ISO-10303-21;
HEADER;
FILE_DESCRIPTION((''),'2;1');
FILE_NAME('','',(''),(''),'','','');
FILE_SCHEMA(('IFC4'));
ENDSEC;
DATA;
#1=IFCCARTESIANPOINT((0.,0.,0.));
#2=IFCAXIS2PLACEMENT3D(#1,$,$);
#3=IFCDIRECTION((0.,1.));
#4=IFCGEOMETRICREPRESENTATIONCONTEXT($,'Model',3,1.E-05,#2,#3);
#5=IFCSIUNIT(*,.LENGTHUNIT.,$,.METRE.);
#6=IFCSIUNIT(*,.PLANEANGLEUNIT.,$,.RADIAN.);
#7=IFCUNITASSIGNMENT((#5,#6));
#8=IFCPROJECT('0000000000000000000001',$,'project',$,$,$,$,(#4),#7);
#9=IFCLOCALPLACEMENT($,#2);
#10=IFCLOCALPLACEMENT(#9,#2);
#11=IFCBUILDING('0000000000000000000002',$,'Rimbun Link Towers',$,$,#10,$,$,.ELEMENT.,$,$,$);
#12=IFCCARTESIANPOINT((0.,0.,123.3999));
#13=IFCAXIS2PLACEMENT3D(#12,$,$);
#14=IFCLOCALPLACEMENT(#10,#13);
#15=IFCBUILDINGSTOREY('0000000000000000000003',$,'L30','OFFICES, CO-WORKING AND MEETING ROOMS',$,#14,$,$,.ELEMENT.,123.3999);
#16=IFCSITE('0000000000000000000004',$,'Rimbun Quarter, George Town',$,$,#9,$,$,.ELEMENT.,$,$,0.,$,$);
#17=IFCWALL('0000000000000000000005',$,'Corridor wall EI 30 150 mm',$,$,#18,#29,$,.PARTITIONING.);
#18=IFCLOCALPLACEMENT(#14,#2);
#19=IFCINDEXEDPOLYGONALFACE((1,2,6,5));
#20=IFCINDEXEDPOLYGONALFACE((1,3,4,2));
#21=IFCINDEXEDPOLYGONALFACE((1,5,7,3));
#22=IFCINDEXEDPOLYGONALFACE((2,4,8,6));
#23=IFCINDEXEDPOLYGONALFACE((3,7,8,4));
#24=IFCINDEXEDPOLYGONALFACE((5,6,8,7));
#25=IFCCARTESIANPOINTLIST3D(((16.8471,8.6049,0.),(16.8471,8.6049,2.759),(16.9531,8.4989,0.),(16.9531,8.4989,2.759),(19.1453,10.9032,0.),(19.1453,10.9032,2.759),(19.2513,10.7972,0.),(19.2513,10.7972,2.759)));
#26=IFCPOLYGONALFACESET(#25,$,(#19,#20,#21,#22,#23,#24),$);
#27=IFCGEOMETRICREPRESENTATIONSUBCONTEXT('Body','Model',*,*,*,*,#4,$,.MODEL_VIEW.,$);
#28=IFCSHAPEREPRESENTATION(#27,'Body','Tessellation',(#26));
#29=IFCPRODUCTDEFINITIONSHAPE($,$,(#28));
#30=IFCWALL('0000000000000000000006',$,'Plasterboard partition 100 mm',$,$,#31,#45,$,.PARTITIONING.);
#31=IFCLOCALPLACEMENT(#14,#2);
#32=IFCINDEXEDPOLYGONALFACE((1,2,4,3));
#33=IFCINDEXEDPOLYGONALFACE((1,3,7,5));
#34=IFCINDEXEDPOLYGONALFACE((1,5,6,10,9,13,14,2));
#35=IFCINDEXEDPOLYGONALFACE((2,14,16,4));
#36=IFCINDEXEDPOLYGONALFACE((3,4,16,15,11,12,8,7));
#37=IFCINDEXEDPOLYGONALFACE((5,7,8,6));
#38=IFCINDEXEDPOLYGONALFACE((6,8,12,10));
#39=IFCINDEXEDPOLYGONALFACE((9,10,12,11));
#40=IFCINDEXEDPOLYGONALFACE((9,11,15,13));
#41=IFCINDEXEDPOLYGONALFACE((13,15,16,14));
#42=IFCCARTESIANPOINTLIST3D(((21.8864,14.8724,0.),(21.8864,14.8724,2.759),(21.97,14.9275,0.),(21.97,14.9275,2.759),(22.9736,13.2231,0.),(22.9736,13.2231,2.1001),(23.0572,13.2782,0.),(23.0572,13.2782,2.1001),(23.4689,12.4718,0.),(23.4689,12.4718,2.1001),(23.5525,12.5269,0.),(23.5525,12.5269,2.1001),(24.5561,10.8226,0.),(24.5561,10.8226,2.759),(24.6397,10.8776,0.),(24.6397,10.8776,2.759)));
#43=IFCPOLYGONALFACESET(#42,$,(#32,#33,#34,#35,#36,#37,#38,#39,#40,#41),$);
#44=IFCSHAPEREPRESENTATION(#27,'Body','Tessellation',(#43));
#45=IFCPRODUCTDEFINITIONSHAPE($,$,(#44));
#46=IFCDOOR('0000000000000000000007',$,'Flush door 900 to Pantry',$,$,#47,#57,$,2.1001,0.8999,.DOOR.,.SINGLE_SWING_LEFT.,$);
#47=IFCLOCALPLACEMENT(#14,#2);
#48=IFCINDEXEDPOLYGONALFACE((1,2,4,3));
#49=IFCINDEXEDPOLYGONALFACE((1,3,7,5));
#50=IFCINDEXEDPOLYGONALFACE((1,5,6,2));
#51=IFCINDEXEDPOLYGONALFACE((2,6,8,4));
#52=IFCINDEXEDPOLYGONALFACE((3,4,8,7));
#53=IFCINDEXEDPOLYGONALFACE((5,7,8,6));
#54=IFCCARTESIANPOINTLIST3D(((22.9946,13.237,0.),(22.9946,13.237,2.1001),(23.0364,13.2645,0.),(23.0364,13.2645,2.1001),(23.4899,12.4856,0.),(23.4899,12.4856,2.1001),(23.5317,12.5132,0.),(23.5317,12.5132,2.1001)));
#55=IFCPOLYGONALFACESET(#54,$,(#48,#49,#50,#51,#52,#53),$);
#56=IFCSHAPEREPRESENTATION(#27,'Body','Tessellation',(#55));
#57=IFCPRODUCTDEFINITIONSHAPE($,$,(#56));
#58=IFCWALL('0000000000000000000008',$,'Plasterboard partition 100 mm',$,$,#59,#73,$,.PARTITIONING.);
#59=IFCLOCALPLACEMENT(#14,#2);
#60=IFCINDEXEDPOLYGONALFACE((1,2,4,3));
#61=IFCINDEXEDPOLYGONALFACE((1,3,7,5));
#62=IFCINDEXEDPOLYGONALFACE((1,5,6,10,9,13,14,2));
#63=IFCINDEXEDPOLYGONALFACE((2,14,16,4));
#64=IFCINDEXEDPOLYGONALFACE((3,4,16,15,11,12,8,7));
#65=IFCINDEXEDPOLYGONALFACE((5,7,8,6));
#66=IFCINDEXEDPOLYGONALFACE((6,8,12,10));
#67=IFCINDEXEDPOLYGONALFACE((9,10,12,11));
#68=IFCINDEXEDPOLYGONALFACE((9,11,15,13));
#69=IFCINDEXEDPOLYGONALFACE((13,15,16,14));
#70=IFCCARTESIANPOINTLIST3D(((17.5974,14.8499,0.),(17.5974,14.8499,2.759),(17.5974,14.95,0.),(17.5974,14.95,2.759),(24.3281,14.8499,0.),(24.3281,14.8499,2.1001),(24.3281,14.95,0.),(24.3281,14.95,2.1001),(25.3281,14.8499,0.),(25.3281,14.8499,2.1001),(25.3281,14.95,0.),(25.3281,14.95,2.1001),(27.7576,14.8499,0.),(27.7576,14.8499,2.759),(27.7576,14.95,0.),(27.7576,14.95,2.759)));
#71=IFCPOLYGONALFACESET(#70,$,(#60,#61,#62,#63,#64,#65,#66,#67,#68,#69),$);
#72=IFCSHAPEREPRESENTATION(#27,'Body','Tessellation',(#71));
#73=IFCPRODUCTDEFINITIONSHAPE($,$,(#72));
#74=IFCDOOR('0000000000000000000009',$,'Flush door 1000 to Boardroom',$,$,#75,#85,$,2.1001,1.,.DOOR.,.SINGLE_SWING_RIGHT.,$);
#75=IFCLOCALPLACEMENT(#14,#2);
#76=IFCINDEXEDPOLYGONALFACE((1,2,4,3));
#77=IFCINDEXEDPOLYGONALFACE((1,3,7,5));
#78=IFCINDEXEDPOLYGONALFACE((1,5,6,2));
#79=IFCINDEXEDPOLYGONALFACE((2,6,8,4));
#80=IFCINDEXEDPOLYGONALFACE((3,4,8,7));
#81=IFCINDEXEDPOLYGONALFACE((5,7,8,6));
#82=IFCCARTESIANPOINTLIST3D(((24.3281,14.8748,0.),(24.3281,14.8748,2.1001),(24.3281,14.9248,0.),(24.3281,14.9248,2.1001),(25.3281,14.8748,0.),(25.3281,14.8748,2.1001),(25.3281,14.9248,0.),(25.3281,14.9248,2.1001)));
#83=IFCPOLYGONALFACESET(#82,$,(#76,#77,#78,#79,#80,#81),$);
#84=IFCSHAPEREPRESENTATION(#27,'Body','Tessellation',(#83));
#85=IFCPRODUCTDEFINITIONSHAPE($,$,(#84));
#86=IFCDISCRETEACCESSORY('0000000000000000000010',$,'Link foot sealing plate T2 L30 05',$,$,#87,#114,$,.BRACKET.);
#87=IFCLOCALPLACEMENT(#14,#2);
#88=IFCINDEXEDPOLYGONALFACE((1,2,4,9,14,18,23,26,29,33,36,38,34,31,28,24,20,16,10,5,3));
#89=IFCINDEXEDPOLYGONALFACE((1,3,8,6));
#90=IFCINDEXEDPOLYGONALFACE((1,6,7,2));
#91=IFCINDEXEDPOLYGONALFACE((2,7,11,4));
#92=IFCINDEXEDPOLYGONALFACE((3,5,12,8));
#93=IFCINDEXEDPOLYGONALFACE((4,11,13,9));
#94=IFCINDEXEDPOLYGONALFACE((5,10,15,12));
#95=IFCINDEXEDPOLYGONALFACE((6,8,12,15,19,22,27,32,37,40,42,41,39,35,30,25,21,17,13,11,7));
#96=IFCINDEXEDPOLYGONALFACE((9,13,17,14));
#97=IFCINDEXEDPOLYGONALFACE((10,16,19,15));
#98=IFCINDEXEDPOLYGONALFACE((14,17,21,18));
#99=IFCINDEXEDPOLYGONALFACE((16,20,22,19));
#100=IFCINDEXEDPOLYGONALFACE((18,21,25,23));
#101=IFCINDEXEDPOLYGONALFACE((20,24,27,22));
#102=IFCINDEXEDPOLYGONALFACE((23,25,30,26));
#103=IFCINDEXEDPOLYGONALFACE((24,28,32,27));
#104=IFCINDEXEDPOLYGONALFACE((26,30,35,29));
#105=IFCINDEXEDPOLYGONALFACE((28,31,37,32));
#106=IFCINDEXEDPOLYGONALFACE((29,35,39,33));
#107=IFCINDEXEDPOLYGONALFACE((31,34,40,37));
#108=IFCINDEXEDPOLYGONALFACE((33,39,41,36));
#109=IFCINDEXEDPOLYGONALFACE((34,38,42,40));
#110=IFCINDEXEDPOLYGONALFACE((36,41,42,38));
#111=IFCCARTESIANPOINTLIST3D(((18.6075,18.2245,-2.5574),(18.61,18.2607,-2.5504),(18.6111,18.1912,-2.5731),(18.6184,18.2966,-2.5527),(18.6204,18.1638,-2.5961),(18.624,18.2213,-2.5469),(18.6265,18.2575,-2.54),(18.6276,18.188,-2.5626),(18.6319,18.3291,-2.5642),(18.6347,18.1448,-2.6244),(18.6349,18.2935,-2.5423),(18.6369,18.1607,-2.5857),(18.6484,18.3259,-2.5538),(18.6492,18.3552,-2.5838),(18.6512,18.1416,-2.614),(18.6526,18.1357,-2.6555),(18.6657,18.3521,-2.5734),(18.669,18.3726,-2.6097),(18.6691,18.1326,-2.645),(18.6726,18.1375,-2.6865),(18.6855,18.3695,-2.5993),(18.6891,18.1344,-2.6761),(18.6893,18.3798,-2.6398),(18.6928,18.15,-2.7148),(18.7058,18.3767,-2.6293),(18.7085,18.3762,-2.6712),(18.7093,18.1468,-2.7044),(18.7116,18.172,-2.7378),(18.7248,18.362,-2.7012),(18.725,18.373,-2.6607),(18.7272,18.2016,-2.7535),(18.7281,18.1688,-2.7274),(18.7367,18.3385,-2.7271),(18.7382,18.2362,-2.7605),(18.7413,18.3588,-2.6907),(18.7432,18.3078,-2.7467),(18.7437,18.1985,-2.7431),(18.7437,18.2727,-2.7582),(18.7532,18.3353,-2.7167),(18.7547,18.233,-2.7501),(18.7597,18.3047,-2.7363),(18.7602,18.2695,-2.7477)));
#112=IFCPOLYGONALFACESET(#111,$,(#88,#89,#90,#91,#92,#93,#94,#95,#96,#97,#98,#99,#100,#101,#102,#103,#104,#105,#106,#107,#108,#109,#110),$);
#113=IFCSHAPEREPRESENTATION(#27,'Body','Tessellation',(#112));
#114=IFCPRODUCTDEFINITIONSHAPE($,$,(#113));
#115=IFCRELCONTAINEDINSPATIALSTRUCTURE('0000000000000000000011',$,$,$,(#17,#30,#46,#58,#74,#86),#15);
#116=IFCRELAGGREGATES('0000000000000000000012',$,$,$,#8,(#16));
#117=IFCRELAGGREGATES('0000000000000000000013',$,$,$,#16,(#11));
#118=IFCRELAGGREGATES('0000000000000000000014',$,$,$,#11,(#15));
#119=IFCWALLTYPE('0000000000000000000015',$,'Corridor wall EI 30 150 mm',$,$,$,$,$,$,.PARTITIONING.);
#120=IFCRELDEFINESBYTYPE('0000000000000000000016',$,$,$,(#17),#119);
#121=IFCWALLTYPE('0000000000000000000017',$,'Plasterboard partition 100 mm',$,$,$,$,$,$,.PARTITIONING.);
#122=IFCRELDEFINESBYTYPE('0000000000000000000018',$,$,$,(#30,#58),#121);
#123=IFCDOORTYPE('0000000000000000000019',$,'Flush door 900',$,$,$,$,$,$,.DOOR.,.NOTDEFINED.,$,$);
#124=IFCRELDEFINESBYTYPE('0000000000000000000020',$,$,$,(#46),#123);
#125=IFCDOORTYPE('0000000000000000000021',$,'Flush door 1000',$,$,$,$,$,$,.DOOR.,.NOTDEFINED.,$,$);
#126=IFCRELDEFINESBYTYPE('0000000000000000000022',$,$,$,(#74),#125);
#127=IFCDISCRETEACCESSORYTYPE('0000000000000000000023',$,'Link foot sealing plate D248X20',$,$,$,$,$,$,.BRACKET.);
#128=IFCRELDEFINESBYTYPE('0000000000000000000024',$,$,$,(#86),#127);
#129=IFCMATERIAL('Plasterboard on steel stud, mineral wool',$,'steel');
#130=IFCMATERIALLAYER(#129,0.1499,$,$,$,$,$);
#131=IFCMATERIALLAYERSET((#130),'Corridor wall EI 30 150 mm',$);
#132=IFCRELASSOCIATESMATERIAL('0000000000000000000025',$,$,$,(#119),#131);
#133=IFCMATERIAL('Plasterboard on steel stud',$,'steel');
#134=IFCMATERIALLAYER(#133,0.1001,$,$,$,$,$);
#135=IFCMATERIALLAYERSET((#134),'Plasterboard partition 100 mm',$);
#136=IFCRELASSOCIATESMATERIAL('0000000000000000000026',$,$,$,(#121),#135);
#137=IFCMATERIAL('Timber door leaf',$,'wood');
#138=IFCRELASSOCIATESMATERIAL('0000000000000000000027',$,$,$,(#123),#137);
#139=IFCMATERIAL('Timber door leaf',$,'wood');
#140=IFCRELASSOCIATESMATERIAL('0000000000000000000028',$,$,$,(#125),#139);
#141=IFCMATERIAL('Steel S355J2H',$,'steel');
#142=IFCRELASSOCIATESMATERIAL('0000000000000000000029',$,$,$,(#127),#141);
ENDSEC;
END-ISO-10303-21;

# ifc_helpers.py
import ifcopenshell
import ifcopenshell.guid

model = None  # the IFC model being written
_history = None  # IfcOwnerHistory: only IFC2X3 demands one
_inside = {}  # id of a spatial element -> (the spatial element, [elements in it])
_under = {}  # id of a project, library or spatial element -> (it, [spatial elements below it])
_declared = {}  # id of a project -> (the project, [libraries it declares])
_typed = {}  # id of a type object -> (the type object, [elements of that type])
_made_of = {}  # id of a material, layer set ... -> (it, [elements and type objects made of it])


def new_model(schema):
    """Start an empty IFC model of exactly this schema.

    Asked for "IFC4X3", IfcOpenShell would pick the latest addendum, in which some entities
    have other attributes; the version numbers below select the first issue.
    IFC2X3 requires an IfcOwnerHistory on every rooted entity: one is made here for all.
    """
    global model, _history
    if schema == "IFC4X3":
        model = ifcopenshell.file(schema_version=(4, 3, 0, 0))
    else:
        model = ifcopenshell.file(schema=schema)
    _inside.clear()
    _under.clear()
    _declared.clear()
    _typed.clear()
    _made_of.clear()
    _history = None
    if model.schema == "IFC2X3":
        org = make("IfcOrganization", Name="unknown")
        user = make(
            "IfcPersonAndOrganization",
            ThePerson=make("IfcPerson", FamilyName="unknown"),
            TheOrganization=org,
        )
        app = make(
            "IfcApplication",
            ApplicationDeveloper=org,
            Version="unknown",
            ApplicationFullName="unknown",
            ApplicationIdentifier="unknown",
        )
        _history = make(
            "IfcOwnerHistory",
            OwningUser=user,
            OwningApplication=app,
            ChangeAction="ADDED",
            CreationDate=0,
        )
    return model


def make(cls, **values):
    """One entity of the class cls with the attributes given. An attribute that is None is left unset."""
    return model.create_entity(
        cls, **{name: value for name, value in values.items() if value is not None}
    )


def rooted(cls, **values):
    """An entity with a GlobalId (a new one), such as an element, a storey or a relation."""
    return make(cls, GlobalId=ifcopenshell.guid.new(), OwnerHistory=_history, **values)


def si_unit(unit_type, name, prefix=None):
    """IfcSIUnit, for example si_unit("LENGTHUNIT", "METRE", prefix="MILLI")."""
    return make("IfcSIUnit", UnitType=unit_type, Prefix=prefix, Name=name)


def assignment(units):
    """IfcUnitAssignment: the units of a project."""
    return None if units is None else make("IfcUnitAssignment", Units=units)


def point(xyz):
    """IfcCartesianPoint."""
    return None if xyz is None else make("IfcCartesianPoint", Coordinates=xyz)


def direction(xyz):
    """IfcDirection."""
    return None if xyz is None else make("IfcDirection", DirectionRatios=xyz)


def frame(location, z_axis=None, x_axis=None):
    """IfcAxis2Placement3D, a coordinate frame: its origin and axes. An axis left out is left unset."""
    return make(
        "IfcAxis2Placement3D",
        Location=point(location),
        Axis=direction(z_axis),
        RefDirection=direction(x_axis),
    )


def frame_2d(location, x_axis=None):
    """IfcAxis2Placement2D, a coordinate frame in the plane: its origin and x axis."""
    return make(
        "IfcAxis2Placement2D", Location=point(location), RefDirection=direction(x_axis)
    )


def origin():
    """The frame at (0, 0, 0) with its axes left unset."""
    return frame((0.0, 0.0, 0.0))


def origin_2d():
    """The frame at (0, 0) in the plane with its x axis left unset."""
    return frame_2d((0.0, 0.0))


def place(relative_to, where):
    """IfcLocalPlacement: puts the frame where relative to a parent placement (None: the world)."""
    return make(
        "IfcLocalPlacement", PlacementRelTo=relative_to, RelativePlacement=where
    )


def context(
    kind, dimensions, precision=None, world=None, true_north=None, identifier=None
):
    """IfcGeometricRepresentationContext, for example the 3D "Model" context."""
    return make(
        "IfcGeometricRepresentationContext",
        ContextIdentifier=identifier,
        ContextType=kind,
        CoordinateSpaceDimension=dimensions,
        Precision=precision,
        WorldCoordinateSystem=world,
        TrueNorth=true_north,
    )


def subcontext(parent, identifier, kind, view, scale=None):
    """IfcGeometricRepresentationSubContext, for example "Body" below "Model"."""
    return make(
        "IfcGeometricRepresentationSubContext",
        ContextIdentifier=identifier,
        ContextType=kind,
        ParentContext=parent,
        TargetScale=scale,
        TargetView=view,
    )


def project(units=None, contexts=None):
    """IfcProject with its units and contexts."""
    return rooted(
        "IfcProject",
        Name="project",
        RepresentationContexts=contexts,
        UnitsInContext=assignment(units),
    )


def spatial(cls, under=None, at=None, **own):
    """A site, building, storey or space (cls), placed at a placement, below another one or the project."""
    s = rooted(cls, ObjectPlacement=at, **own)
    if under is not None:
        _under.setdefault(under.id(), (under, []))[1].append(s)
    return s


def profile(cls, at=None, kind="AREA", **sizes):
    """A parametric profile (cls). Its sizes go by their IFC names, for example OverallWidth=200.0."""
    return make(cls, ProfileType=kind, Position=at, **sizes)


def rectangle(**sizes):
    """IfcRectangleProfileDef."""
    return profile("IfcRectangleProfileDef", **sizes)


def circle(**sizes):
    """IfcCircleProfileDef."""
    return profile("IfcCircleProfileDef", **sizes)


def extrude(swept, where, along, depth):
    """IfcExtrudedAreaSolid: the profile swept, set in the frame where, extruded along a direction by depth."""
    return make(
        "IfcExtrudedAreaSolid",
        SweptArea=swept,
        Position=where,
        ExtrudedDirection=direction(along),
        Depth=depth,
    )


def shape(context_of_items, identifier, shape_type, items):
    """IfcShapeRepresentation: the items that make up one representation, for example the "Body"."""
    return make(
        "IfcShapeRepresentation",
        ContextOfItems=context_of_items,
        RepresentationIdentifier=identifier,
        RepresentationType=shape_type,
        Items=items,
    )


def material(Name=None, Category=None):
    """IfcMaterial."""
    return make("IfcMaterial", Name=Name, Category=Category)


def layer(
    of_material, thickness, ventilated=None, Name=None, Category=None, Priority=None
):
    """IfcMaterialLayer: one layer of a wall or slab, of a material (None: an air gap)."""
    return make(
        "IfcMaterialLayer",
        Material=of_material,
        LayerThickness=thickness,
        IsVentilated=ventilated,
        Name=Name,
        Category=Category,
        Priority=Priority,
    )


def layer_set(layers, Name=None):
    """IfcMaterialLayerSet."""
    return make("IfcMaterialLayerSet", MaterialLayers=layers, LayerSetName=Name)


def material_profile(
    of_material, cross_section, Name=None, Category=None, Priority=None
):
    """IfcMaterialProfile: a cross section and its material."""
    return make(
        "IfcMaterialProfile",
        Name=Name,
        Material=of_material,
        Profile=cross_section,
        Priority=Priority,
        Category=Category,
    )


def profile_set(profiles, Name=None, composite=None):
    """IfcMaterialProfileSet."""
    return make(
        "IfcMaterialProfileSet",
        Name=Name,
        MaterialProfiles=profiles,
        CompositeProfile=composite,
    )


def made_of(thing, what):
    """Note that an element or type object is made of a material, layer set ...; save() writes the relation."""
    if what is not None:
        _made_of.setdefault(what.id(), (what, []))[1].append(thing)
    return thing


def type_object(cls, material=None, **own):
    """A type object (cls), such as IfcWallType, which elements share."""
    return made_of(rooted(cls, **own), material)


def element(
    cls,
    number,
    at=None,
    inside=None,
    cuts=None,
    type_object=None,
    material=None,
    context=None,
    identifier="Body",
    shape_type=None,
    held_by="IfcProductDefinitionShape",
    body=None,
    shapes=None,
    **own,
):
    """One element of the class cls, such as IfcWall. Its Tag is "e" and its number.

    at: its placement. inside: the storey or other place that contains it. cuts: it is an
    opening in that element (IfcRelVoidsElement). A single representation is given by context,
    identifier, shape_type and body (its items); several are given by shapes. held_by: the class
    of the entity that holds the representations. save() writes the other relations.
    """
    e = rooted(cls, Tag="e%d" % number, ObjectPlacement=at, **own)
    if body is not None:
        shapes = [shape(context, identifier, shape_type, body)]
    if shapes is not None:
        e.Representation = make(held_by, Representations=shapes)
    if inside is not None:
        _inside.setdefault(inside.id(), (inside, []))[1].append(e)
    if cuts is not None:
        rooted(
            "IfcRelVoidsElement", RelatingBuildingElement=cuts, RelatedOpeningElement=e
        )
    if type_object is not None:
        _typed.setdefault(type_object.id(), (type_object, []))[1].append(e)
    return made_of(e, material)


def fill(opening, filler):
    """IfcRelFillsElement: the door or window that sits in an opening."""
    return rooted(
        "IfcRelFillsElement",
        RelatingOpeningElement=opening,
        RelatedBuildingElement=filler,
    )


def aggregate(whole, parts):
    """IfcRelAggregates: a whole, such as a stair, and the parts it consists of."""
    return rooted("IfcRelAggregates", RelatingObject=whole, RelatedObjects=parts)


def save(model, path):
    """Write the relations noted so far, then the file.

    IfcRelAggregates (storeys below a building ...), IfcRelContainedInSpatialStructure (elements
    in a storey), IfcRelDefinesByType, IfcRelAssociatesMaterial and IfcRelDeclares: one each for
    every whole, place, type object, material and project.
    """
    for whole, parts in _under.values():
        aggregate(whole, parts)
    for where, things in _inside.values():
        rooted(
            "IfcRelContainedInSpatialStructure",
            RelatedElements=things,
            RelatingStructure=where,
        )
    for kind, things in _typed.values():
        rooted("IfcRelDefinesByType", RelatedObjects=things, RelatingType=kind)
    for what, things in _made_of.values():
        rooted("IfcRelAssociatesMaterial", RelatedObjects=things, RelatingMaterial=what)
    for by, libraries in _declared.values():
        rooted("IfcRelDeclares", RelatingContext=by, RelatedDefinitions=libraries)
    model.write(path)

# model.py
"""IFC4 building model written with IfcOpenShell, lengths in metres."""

from ifc_helpers import new_model, si_unit, direction, frame, frame_2d, origin, origin_2d, place, context, subcontext, project, spatial, rectangle, circle, extrude, material, layer, layer_set, material_profile, profile_set, type_object, element, fill, save


model = new_model("IFC4")

# Units and contexts
model_context = context("Model", 3, precision=1e-05, world=origin(), true_north=direction((0.0, 1.0)))
body_context = subcontext(model_context, "Body", "Model", "MODEL_VIEW")
ifc_project = project(units=[si_unit("LENGTHUNIT", "METRE"), si_unit("PLANEANGLEUNIT", "RADIAN")], contexts=[model_context])

# Site, building, storey
site_placement = place(None, origin())
site = spatial("IfcSite", under=ifc_project, at=site_placement, Name="Rimbun Quarter, George Town", CompositionType="ELEMENT", RefElevation=0.0)
building_placement = place(site_placement, origin())
building = spatial("IfcBuilding", under=site, at=building_placement, Name="Rimbun Link Towers", CompositionType="ELEMENT")
storey_placement = place(building_placement, frame((0.0, 0.0, 123.3999)))
storey = spatial("IfcBuildingStorey", under=building, at=storey_placement, Name="L30", Description="OFFICES, CO-WORKING AND MEETING ROOMS", CompositionType="ELEMENT", Elevation=123.3999)

# Shared definitions
ifc_material_1 = material(Name="Plasterboard on steel stud, mineral wool", Category="steel")
ifc_layer_1 = layer(ifc_material_1, 0.1499)
ifc_layer_set_1 = layer_set([ifc_layer_1], Name="Corridor wall EI 30 150 mm")
wall_type_1 = type_object("IfcWallType", Name="Corridor wall EI 30 150 mm", PredefinedType="PARTITIONING", material=ifc_layer_set_1)

# Wall
wall_1_placement = place(storey_placement, frame((19.1982, 10.8501, 0.0), z_axis=(0.0, 0.0, 1.0), x_axis=(-0.707107, -0.707107, 0.0)))
element("IfcWall", 1, at=wall_1_placement, inside=storey, type_object=wall_type_1, Name="Corridor wall EI 30 150 mm", PredefinedType="PARTITIONING", context=body_context, shape_type="SweptSolid", body=[
    extrude(rectangle(XDim=3.2502, YDim=0.1499, at=frame_2d((1.625, 0.0))), origin(), (0.0, 0.0, 1.0), 2.759),
])

# Walls, openings, doors
ifc_material_2 = material(Name="Plasterboard on steel stud", Category="steel")
ifc_layer_2 = layer(ifc_material_2, 0.1001)
ifc_layer_set_2 = layer_set([ifc_layer_2], Name="Plasterboard partition 100 mm")
wall_type_2 = type_object("IfcWallType", Name="Plasterboard partition 100 mm", PredefinedType="PARTITIONING", material=ifc_layer_set_2)
wall_2_placement = place(storey_placement, frame((24.5979, 10.8501, 0.0), z_axis=(0.0, 0.0, 1.0), x_axis=(-0.550384, 0.834912, 0.0)))
wall_2 = element("IfcWall", 2, at=wall_2_placement, inside=storey, type_object=wall_type_2, Name="Plasterboard partition 100 mm", PredefinedType="PARTITIONING", context=body_context, shape_type="SweptSolid", body=[
    extrude(rectangle(XDim=4.8506, YDim=0.1001, at=frame_2d((2.4253, 0.0))), origin(), (0.0, 0.0, 1.0), 2.759),
])
opening_1_placement = place(wall_2_placement, frame((1.9753, 0.0, 0.0)))
opening_1 = element("IfcOpeningElement", 3, at=opening_1_placement, cuts=wall_2, PredefinedType="OPENING", context=body_context, shape_type="SweptSolid", body=[
    extrude(rectangle(XDim=0.8999, YDim=2.1001, at=frame_2d((0.45, 1.05))), frame((0.0, 0.0601, 0.0), z_axis=(0.0, -1.0, 0.0), x_axis=(1.0, 0.0, 0.0)), (0.0, 0.0, 1.0), 0.1201),
])
ifc_material_3 = material(Name="Timber door leaf", Category="wood")
door_type_1 = type_object("IfcDoorType", Name="Flush door 900", OperationType="NOTDEFINED", PredefinedType="DOOR", material=ifc_material_3)
door_1_placement = place(opening_1_placement, origin())
door_1 = element("IfcDoor", 4, at=door_1_placement, inside=storey, type_object=door_type_1, Name="Flush door 900 to Pantry", OperationType="SINGLE_SWING_LEFT", OverallHeight=2.1001, OverallWidth=0.8999, PredefinedType="DOOR", context=body_context, shape_type="SweptSolid", body=[
    extrude(rectangle(XDim=0.8999, YDim=2.1001, at=frame_2d((0.45, 1.05))), frame((0.0, 0.0249, 0.0), z_axis=(0.0, -1.0, 0.0), x_axis=(1.0, 0.0, 0.0)), (0.0, 0.0, 1.0), 0.05),
])
fill(opening_1, door_1)
wall_3_placement = place(storey_placement, frame((17.5974, 14.8999, 0.0), z_axis=(0.0, 0.0, 1.0), x_axis=(1.0, 0.0, 0.0)))
wall_3 = element("IfcWall", 5, at=wall_3_placement, inside=storey, type_object=wall_type_2, Name="Plasterboard partition 100 mm", PredefinedType="PARTITIONING", context=body_context, shape_type="SweptSolid", body=[
    extrude(rectangle(XDim=10.1602, YDim=0.1001, at=frame_2d((5.0801, 0.0))), origin(), (0.0, 0.0, 1.0), 2.759),
])
opening_2_placement = place(wall_3_placement, frame((6.7307, 0.0, 0.0)))
opening_2 = element("IfcOpeningElement", 6, at=opening_2_placement, cuts=wall_3, PredefinedType="OPENING", context=body_context, shape_type="SweptSolid", body=[
    extrude(rectangle(XDim=1.0, YDim=2.1001, at=frame_2d((0.5, 1.05))), frame((0.0, 0.0601, 0.0), z_axis=(0.0, -1.0, 0.0), x_axis=(1.0, 0.0, 0.0)), (0.0, 0.0, 1.0), 0.1201),
])
ifc_material_4 = material(Name="Timber door leaf", Category="wood")
door_type_2 = type_object("IfcDoorType", Name="Flush door 1000", OperationType="NOTDEFINED", PredefinedType="DOOR", material=ifc_material_4)
door_2_placement = place(opening_2_placement, origin())
door_2 = element("IfcDoor", 7, at=door_2_placement, inside=storey, type_object=door_type_2, Name="Flush door 1000 to Boardroom", OperationType="SINGLE_SWING_RIGHT", OverallHeight=2.1001, OverallWidth=1.0, PredefinedType="DOOR", context=body_context, shape_type="SweptSolid", body=[
    extrude(rectangle(XDim=1.0, YDim=2.1001, at=frame_2d((0.5, 1.05))), frame((0.0, 0.0249, 0.0), z_axis=(0.0, -1.0, 0.0), x_axis=(1.0, 0.0, 0.0)), (0.0, 0.0, 1.0), 0.05),
])
fill(opening_2, door_2)

# Discrete accessory
ifc_material_5 = material(Name="Steel S355J2H", Category="steel")
ifc_material_profile_1 = material_profile(ifc_material_5, circle(Radius=0.124, at=origin_2d()), Name="PL D248")
ifc_profile_set_1 = profile_set([ifc_material_profile_1], Name="Steel S355J2H")
discrete_accessory_type = type_object("IfcDiscreteAccessoryType", Name="Link foot sealing plate D248X20", PredefinedType="BRACKET", material=ifc_profile_set_1)
discrete_accessory_placement = place(storey_placement, frame((18.6924, 18.2544, -2.645), z_axis=(-0.834372, 0.159512, -0.527617), x_axis=(-0.187776, -0.982212, 0.0)))
element("IfcDiscreteAccessory", 8, at=discrete_accessory_placement, inside=storey, type_object=discrete_accessory_type, Name="Link foot sealing plate T2 L30 05", PredefinedType="BRACKET", context=body_context, shape_type="SweptSolid", body=[
    extrude(circle(Radius=0.124, at=origin_2d()), origin(), (0.0, 0.0, 1.0), 0.0198),
])

save(model, "model.ifc")
